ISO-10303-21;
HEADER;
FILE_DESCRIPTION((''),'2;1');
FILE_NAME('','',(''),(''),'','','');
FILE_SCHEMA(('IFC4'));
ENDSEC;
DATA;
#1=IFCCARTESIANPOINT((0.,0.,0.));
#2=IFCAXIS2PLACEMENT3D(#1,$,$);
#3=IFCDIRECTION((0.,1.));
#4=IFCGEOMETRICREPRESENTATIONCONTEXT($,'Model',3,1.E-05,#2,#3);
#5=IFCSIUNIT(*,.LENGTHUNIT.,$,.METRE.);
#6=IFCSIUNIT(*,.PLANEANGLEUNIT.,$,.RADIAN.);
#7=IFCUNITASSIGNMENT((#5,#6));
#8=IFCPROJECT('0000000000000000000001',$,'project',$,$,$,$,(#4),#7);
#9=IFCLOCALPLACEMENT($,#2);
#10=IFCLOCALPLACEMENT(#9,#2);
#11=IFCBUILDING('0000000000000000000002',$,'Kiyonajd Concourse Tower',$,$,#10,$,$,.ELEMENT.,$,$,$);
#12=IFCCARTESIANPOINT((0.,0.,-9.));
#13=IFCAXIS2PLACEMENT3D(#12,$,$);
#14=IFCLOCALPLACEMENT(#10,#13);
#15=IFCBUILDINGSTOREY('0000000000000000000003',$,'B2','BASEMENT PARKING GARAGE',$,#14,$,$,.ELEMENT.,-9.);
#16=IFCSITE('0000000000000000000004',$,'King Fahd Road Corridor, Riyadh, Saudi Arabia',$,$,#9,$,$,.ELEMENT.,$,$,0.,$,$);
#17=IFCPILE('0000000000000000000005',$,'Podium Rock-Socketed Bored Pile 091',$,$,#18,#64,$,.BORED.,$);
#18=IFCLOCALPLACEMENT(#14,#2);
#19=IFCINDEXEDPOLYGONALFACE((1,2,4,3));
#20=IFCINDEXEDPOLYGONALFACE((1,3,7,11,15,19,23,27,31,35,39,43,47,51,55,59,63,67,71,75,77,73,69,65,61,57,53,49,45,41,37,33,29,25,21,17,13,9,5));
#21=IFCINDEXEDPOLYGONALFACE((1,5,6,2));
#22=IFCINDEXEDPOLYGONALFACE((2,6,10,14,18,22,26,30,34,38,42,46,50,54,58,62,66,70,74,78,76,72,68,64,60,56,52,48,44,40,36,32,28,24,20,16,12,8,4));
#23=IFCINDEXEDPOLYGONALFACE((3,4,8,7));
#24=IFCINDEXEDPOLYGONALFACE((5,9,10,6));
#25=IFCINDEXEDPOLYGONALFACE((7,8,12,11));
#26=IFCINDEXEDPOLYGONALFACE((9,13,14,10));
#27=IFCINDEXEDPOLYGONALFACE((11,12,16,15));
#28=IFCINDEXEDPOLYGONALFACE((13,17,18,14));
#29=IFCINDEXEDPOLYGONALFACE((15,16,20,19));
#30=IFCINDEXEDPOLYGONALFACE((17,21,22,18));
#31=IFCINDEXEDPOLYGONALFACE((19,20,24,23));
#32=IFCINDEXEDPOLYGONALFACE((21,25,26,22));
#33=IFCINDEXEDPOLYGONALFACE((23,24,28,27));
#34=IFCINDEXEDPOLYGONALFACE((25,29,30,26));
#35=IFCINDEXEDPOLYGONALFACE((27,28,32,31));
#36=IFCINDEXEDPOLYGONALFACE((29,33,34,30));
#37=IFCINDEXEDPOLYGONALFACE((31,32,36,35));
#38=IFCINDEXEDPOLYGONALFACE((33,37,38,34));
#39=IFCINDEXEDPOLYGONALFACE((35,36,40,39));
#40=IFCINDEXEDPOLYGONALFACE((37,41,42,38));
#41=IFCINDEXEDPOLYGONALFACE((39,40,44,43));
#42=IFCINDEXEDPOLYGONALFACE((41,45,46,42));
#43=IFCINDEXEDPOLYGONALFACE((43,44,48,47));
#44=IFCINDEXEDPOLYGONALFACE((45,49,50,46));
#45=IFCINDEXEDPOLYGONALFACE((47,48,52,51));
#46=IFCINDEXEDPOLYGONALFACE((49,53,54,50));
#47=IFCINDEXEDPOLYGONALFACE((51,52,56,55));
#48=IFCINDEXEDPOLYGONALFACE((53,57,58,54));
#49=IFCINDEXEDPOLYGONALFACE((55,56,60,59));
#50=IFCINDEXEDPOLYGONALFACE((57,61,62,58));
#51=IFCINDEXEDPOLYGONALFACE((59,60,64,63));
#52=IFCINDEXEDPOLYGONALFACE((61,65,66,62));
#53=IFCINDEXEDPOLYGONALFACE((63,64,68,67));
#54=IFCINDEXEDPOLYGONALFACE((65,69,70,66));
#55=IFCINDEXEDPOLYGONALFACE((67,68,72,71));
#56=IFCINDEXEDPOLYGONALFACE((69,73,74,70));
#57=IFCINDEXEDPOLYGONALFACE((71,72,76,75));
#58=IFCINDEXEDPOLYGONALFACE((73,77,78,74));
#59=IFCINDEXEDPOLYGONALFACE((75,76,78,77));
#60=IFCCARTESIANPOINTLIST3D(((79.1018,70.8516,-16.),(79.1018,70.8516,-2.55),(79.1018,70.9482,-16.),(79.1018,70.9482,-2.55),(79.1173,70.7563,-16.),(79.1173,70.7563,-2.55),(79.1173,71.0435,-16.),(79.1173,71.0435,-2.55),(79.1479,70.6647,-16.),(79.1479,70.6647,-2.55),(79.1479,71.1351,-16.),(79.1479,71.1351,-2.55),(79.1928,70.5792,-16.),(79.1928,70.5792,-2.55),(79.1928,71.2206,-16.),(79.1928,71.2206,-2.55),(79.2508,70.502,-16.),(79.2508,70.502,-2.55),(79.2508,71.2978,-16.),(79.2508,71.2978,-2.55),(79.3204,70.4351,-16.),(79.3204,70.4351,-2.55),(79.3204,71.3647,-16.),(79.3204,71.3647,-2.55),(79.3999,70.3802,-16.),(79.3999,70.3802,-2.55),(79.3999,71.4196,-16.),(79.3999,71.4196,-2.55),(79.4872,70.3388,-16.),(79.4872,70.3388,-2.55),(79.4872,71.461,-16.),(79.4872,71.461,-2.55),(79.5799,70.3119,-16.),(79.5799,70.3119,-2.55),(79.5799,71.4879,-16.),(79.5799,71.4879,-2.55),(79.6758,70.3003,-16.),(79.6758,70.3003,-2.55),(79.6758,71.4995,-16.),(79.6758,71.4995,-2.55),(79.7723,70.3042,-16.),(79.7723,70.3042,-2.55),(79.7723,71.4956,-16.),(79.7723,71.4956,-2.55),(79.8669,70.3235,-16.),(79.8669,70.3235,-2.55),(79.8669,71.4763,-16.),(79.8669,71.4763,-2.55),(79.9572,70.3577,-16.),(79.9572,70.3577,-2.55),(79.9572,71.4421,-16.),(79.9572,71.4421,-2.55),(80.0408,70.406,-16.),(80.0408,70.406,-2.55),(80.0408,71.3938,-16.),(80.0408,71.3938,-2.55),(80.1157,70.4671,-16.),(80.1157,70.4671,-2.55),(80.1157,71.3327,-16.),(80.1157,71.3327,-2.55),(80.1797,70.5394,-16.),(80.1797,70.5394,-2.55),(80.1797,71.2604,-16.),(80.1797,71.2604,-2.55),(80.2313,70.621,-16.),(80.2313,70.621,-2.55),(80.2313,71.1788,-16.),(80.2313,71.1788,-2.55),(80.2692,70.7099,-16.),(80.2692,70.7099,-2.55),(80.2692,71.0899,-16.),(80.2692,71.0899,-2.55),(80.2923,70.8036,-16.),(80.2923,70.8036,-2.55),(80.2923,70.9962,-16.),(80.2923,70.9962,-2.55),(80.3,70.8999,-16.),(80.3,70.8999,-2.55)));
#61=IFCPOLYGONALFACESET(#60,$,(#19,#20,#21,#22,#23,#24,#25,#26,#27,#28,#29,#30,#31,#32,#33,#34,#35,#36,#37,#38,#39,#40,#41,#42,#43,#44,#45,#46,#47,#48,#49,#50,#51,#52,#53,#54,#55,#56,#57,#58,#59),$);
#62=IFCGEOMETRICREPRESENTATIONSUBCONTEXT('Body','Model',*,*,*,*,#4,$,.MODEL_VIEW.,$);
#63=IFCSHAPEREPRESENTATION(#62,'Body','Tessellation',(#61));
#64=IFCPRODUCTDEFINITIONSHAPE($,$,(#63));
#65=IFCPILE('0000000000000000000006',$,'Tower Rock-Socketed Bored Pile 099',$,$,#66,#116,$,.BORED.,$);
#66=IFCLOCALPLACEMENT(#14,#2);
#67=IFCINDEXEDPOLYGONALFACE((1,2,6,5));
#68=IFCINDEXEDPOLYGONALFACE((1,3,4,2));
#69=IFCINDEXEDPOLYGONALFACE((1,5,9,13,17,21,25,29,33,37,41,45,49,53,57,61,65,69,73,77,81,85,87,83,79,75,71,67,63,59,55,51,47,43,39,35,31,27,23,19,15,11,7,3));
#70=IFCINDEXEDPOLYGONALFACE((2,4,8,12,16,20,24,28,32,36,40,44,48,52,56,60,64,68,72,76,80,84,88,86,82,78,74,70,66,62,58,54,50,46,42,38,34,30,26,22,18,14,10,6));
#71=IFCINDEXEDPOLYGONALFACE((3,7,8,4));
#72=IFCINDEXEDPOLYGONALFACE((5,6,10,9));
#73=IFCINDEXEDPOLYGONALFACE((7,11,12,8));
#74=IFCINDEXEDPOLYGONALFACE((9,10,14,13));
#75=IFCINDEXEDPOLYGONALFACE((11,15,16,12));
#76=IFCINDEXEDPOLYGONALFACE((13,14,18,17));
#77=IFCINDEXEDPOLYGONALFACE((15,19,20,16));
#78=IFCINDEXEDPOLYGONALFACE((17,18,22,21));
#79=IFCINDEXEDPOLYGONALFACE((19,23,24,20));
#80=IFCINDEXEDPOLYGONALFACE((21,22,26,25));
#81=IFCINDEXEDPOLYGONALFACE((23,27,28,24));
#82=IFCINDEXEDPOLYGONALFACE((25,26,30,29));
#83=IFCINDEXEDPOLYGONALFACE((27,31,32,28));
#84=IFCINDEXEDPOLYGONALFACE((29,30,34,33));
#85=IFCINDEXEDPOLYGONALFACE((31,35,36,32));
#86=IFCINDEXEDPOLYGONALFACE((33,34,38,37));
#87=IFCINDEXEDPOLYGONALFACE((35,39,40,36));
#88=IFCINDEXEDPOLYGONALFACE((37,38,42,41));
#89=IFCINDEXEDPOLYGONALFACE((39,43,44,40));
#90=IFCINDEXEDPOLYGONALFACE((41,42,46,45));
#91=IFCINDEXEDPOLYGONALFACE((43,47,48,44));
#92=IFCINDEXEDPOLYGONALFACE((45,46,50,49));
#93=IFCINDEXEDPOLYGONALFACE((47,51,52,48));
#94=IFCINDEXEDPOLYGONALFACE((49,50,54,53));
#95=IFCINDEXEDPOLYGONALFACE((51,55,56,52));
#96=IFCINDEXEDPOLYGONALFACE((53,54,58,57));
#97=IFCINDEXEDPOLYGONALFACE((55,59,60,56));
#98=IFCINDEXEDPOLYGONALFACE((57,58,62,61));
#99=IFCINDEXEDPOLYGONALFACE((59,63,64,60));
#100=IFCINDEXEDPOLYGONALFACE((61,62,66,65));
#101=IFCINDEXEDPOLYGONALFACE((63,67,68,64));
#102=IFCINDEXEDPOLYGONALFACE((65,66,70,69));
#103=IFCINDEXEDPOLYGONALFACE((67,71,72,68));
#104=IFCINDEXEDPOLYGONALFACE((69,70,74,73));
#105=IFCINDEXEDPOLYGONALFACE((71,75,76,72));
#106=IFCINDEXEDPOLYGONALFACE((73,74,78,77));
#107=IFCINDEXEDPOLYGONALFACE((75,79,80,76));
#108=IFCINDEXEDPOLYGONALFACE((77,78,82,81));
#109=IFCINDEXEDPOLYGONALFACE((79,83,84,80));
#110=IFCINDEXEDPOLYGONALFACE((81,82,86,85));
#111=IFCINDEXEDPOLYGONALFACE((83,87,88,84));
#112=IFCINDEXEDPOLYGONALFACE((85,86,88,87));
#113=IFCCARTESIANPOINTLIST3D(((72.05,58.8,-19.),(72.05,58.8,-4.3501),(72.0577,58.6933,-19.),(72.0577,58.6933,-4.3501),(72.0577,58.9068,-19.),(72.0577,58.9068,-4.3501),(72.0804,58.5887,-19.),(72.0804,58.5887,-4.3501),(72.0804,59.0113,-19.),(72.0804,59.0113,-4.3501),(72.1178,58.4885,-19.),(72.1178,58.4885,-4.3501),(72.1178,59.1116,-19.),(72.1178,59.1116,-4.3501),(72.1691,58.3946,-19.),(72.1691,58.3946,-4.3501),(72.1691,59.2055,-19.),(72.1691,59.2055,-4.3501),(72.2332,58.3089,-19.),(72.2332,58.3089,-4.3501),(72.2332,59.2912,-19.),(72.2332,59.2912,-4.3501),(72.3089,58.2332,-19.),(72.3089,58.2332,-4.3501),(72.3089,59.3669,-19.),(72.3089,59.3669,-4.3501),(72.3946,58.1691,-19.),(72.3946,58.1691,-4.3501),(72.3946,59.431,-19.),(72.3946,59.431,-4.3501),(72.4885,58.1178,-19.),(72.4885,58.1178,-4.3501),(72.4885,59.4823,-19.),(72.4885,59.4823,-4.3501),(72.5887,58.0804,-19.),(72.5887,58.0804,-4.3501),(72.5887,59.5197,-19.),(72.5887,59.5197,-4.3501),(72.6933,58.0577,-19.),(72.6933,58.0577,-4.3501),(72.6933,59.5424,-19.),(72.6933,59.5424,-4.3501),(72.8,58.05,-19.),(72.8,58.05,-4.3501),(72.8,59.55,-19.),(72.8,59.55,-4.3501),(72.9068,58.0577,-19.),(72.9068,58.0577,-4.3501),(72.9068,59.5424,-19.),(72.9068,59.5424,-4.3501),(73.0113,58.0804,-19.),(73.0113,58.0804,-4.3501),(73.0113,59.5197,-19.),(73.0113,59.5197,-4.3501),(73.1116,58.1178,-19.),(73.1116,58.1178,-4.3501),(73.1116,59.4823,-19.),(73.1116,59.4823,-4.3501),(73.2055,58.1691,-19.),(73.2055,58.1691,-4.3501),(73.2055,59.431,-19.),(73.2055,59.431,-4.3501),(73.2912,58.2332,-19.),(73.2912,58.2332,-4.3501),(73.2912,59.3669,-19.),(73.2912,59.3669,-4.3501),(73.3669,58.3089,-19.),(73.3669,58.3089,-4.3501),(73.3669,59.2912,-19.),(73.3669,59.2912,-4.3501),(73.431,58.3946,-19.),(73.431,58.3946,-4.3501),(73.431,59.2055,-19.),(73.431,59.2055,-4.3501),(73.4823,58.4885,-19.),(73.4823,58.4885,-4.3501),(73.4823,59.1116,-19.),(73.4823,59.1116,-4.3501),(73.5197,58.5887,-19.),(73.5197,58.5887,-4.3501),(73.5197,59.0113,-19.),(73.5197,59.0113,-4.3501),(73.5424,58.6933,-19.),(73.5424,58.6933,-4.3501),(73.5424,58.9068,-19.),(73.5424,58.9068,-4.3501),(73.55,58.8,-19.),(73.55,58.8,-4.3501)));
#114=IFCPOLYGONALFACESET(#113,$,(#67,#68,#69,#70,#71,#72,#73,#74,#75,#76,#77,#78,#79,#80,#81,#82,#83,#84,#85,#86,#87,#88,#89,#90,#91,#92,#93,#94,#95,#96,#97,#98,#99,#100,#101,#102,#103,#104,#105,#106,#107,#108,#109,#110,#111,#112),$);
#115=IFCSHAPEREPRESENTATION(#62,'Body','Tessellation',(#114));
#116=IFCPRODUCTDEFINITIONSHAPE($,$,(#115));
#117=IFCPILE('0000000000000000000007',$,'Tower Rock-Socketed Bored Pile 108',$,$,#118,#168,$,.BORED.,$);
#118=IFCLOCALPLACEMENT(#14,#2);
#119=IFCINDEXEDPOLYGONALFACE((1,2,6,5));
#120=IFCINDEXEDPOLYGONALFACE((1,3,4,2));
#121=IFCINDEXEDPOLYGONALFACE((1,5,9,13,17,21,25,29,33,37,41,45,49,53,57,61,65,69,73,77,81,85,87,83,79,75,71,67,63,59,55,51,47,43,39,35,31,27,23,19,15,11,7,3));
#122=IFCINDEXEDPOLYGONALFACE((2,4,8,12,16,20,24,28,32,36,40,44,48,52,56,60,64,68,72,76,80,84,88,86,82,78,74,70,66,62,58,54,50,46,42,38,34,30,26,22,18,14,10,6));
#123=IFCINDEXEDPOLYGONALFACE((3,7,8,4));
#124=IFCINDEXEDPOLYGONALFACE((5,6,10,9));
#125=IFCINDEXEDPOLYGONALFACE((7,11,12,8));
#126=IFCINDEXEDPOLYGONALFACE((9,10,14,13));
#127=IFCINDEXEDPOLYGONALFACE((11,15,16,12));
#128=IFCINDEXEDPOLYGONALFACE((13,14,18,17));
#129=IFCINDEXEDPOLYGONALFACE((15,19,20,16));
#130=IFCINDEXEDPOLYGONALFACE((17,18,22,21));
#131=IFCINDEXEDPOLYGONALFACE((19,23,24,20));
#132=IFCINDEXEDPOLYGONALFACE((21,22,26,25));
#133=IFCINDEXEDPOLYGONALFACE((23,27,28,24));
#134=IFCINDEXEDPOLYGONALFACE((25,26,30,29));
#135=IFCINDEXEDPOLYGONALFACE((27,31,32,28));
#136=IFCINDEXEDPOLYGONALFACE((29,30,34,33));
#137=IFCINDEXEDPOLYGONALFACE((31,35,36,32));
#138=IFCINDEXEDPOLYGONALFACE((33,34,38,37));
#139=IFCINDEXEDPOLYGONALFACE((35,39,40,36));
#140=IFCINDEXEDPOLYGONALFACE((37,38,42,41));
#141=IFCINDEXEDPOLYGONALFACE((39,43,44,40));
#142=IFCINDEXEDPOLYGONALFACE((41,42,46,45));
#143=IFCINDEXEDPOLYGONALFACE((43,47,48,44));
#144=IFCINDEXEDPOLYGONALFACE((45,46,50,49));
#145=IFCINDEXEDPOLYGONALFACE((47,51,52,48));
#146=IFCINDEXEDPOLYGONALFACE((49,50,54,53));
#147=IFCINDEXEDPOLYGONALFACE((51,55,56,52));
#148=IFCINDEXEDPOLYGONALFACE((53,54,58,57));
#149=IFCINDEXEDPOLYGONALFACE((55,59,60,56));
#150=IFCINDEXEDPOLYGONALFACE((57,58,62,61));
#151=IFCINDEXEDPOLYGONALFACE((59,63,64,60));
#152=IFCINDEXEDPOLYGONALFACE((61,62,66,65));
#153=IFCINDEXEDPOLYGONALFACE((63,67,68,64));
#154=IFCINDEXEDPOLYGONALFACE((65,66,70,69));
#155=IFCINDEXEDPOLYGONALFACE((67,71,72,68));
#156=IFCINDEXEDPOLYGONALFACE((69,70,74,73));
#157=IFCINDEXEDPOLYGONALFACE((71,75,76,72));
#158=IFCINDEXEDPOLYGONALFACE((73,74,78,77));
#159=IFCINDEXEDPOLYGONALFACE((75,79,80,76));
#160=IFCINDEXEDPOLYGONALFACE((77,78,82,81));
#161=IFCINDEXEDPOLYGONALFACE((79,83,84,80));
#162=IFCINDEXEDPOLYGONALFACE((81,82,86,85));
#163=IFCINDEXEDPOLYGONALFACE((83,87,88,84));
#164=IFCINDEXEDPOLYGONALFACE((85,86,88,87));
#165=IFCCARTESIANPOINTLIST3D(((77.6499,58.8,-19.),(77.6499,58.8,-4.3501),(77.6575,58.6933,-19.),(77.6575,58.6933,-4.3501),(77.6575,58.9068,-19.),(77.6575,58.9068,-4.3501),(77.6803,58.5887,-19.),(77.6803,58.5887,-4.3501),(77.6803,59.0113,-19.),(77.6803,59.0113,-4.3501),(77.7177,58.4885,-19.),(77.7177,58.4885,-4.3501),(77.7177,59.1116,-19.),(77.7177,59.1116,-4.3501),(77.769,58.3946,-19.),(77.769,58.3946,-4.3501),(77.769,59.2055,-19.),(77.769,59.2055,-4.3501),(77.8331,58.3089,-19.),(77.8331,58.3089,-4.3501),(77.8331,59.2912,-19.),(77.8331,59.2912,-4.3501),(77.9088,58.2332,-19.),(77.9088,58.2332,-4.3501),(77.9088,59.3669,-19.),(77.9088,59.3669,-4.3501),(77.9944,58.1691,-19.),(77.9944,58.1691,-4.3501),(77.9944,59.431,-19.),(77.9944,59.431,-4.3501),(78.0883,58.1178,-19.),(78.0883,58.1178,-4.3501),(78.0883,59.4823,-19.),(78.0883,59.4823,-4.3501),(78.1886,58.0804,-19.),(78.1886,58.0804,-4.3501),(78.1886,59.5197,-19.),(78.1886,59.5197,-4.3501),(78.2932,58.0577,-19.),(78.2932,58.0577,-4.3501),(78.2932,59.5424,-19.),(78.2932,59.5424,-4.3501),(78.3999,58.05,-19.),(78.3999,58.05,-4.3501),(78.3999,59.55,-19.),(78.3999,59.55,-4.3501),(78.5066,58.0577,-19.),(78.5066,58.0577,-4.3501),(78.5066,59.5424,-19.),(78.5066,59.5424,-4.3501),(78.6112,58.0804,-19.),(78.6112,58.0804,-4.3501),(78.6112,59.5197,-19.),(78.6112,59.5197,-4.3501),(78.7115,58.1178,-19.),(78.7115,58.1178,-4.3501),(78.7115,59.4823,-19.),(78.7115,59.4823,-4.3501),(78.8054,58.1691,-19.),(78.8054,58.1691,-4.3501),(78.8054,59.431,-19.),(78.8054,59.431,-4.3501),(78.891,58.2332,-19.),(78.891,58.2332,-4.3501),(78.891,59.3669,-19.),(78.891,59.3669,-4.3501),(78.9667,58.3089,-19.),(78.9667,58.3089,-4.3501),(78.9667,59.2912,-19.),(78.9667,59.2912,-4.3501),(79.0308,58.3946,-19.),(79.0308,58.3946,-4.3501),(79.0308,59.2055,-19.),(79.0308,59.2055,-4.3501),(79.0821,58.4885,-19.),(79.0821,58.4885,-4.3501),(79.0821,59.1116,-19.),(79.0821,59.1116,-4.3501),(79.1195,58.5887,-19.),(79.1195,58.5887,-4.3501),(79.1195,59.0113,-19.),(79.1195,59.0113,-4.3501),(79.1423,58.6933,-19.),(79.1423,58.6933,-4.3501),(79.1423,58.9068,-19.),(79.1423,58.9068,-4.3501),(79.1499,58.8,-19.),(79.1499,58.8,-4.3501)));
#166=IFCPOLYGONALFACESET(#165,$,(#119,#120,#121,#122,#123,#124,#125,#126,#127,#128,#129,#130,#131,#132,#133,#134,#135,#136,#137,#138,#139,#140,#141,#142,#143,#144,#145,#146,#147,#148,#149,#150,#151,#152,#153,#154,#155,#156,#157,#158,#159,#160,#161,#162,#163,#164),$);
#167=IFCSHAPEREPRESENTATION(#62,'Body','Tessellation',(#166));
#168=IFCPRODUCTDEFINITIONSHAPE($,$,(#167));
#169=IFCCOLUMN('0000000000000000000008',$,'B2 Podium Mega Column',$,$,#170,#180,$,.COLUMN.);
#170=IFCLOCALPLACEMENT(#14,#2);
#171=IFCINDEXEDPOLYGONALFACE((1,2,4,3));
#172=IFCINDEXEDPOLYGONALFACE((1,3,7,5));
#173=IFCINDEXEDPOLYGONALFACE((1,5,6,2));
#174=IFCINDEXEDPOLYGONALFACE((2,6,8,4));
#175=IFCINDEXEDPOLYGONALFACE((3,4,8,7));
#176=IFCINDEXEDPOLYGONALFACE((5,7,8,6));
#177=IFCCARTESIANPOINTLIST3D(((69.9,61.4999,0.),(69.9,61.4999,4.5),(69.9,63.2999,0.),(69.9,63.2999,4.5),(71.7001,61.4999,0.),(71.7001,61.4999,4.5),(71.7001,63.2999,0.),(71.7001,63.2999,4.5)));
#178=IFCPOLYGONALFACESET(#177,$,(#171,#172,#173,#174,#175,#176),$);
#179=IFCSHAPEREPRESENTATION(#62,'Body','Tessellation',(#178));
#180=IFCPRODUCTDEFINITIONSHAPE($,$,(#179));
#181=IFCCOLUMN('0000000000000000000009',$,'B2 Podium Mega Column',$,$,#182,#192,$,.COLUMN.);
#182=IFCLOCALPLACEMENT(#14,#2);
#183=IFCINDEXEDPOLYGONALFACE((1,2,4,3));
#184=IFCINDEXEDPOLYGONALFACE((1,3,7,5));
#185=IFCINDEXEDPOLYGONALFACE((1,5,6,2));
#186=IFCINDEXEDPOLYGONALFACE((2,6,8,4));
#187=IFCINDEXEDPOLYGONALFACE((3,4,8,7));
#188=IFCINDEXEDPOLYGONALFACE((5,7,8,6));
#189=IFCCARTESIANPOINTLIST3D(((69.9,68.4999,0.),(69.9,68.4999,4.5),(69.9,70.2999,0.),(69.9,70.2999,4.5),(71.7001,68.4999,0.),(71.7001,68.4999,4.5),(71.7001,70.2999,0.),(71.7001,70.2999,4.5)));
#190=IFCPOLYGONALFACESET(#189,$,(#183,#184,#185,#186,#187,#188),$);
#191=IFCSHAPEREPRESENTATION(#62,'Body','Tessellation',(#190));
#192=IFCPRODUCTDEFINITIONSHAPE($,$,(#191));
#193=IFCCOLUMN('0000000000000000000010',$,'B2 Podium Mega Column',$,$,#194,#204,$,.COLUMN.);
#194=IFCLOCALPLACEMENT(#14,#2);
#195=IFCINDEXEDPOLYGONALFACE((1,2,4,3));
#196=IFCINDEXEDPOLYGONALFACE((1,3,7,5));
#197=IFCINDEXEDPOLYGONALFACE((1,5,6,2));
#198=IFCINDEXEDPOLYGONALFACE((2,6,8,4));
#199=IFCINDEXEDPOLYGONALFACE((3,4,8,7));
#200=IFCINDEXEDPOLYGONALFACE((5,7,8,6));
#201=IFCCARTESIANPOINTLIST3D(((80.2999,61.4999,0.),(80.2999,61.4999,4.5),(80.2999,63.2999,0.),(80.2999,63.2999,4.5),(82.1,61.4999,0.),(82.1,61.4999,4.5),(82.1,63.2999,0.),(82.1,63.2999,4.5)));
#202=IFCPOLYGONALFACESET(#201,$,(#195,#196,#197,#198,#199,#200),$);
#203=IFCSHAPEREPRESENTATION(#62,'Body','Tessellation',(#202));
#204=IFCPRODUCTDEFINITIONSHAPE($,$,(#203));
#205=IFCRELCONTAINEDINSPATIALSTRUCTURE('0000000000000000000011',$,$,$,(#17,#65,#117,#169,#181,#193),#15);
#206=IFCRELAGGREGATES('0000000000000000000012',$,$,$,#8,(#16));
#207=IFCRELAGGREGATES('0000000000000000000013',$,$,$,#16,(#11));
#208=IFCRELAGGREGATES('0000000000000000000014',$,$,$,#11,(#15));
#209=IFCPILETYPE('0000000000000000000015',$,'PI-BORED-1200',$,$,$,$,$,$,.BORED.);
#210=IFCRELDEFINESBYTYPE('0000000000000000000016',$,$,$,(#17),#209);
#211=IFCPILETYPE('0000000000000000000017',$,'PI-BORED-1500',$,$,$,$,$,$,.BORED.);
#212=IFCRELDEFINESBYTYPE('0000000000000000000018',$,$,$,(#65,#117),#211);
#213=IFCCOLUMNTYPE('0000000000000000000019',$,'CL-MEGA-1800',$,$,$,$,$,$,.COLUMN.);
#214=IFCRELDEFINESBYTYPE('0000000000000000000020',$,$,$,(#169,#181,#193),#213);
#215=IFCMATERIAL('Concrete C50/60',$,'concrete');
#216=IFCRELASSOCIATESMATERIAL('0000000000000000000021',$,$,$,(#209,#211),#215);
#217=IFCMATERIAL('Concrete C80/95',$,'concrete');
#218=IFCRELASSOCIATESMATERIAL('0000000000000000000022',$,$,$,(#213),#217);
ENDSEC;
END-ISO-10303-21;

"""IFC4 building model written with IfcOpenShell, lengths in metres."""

from ifc_helpers import new_model, si_unit, direction, frame, origin, origin_2d, place, context, subcontext, project, spatial, rectangle, circle, extrude, material, material_profile, profile_set, type_object, element, save


model = new_model("IFC4")

# Units and contexts
model_context = context("Model", 3, precision=1e-05, world=origin(), true_north=direction((0.0, 1.0)))
body_context = subcontext(model_context, "Body", "Model", "MODEL_VIEW")
ifc_project = project(units=[si_unit("LENGTHUNIT", "METRE"), si_unit("PLANEANGLEUNIT", "RADIAN")], contexts=[model_context])

# Site, building, storey
site_placement = place(None, origin())
site = spatial("IfcSite", under=ifc_project, at=site_placement, Name="King Fahd Road Corridor, Riyadh, Saudi Arabia", CompositionType="ELEMENT", RefElevation=0.0)
building_placement = place(site_placement, origin())
building = spatial("IfcBuilding", under=site, at=building_placement, Name="Kiyonajd Concourse Tower", CompositionType="ELEMENT")
storey_placement = place(building_placement, frame((0.0, 0.0, -9.0)))
storey = spatial("IfcBuildingStorey", under=building, at=storey_placement, Name="B2", Description="BASEMENT PARKING GARAGE", CompositionType="ELEMENT", Elevation=-9.0)

# Shared definitions
ifc_material_1 = material(Name="Concrete C50/60", Category="concrete")

# Piles
ifc_material_profile_1 = material_profile(ifc_material_1, circle(Radius=0.6001, at=origin_2d()), Name="PILE-D1200")
ifc_profile_set_1 = profile_set([ifc_material_profile_1], Name="Concrete C50/60")
pile_type_1 = type_object("IfcPileType", Name="PI-BORED-1200", PredefinedType="BORED", material=ifc_profile_set_1)
for number, where, z_axis, x_axis, name in (
    (1, (79.7, 70.8999, -2.55), (0.0, 0.0, -1.0), (1.0, 0.0, 0.0), "Podium Rock-Socketed Bored Pile 091"),
):
    element("IfcPile", number, at=place(storey_placement, frame(where, z_axis=z_axis, x_axis=x_axis)), inside=storey, type_object=pile_type_1, Name=name, PredefinedType="BORED", context=body_context, shape_type="SweptSolid", body=[
        extrude(circle(Radius=0.6001, at=origin_2d()), origin(), (0.0, 0.0, 1.0), 13.45),
    ])
ifc_material_profile_2 = material_profile(ifc_material_1, circle(Radius=0.75, at=origin_2d()), Name="PILE-D1500")
ifc_profile_set_2 = profile_set([ifc_material_profile_2], Name="Concrete C50/60")
pile_type_2 = type_object("IfcPileType", Name="PI-BORED-1500", PredefinedType="BORED", material=ifc_profile_set_2)
for number, where, z_axis, x_axis, name in (
    (2, (72.8, 58.8, -4.3501), (0.0, 0.0, -1.0), (1.0, 0.0, 0.0), "Tower Rock-Socketed Bored Pile 099"),
    (3, (78.3999, 58.8, -4.3501), (0.0, 0.0, -1.0), (1.0, 0.0, 0.0), "Tower Rock-Socketed Bored Pile 108"),
):
    element("IfcPile", number, at=place(storey_placement, frame(where, z_axis=z_axis, x_axis=x_axis)), inside=storey, type_object=pile_type_2, Name=name, PredefinedType="BORED", context=body_context, shape_type="SweptSolid", body=[
        extrude(circle(Radius=0.75, at=origin_2d()), origin(), (0.0, 0.0, 1.0), 14.6499),
    ])

# Columns
ifc_material_2 = material(Name="Concrete C80/95", Category="concrete")
ifc_material_profile_3 = material_profile(ifc_material_2, rectangle(XDim=1.8, YDim=1.8, at=origin_2d()), Name="RC-1800x1800")
ifc_profile_set_3 = profile_set([ifc_material_profile_3], Name="Concrete C80/95")
column_type = type_object("IfcColumnType", Name="CL-MEGA-1800", PredefinedType="COLUMN", material=ifc_profile_set_3)
for number, where, z_axis, x_axis, name in (
    (4, (70.8, 62.3999, 0.0), (0.0, 0.0, 1.0), (1.0, 0.0, 0.0), "B2 Podium Mega Column"),
    (5, (70.8, 69.3999, 0.0), (0.0, 0.0, 1.0), (1.0, 0.0, 0.0), "B2 Podium Mega Column"),
    (6, (81.2, 62.3999, 0.0), (0.0, 0.0, 1.0), (1.0, 0.0, 0.0), "B2 Podium Mega Column"),
):
    element("IfcColumn", number, at=place(storey_placement, frame(where, z_axis=z_axis, x_axis=x_axis)), inside=storey, type_object=column_type, Name=name, PredefinedType="COLUMN", context=body_context, shape_type="SweptSolid", body=[
        extrude(rectangle(XDim=1.8, YDim=1.8, at=origin_2d()), origin(), (0.0, 0.0, 1.0), 4.5),
    ])

save(model, "model.ifc")
